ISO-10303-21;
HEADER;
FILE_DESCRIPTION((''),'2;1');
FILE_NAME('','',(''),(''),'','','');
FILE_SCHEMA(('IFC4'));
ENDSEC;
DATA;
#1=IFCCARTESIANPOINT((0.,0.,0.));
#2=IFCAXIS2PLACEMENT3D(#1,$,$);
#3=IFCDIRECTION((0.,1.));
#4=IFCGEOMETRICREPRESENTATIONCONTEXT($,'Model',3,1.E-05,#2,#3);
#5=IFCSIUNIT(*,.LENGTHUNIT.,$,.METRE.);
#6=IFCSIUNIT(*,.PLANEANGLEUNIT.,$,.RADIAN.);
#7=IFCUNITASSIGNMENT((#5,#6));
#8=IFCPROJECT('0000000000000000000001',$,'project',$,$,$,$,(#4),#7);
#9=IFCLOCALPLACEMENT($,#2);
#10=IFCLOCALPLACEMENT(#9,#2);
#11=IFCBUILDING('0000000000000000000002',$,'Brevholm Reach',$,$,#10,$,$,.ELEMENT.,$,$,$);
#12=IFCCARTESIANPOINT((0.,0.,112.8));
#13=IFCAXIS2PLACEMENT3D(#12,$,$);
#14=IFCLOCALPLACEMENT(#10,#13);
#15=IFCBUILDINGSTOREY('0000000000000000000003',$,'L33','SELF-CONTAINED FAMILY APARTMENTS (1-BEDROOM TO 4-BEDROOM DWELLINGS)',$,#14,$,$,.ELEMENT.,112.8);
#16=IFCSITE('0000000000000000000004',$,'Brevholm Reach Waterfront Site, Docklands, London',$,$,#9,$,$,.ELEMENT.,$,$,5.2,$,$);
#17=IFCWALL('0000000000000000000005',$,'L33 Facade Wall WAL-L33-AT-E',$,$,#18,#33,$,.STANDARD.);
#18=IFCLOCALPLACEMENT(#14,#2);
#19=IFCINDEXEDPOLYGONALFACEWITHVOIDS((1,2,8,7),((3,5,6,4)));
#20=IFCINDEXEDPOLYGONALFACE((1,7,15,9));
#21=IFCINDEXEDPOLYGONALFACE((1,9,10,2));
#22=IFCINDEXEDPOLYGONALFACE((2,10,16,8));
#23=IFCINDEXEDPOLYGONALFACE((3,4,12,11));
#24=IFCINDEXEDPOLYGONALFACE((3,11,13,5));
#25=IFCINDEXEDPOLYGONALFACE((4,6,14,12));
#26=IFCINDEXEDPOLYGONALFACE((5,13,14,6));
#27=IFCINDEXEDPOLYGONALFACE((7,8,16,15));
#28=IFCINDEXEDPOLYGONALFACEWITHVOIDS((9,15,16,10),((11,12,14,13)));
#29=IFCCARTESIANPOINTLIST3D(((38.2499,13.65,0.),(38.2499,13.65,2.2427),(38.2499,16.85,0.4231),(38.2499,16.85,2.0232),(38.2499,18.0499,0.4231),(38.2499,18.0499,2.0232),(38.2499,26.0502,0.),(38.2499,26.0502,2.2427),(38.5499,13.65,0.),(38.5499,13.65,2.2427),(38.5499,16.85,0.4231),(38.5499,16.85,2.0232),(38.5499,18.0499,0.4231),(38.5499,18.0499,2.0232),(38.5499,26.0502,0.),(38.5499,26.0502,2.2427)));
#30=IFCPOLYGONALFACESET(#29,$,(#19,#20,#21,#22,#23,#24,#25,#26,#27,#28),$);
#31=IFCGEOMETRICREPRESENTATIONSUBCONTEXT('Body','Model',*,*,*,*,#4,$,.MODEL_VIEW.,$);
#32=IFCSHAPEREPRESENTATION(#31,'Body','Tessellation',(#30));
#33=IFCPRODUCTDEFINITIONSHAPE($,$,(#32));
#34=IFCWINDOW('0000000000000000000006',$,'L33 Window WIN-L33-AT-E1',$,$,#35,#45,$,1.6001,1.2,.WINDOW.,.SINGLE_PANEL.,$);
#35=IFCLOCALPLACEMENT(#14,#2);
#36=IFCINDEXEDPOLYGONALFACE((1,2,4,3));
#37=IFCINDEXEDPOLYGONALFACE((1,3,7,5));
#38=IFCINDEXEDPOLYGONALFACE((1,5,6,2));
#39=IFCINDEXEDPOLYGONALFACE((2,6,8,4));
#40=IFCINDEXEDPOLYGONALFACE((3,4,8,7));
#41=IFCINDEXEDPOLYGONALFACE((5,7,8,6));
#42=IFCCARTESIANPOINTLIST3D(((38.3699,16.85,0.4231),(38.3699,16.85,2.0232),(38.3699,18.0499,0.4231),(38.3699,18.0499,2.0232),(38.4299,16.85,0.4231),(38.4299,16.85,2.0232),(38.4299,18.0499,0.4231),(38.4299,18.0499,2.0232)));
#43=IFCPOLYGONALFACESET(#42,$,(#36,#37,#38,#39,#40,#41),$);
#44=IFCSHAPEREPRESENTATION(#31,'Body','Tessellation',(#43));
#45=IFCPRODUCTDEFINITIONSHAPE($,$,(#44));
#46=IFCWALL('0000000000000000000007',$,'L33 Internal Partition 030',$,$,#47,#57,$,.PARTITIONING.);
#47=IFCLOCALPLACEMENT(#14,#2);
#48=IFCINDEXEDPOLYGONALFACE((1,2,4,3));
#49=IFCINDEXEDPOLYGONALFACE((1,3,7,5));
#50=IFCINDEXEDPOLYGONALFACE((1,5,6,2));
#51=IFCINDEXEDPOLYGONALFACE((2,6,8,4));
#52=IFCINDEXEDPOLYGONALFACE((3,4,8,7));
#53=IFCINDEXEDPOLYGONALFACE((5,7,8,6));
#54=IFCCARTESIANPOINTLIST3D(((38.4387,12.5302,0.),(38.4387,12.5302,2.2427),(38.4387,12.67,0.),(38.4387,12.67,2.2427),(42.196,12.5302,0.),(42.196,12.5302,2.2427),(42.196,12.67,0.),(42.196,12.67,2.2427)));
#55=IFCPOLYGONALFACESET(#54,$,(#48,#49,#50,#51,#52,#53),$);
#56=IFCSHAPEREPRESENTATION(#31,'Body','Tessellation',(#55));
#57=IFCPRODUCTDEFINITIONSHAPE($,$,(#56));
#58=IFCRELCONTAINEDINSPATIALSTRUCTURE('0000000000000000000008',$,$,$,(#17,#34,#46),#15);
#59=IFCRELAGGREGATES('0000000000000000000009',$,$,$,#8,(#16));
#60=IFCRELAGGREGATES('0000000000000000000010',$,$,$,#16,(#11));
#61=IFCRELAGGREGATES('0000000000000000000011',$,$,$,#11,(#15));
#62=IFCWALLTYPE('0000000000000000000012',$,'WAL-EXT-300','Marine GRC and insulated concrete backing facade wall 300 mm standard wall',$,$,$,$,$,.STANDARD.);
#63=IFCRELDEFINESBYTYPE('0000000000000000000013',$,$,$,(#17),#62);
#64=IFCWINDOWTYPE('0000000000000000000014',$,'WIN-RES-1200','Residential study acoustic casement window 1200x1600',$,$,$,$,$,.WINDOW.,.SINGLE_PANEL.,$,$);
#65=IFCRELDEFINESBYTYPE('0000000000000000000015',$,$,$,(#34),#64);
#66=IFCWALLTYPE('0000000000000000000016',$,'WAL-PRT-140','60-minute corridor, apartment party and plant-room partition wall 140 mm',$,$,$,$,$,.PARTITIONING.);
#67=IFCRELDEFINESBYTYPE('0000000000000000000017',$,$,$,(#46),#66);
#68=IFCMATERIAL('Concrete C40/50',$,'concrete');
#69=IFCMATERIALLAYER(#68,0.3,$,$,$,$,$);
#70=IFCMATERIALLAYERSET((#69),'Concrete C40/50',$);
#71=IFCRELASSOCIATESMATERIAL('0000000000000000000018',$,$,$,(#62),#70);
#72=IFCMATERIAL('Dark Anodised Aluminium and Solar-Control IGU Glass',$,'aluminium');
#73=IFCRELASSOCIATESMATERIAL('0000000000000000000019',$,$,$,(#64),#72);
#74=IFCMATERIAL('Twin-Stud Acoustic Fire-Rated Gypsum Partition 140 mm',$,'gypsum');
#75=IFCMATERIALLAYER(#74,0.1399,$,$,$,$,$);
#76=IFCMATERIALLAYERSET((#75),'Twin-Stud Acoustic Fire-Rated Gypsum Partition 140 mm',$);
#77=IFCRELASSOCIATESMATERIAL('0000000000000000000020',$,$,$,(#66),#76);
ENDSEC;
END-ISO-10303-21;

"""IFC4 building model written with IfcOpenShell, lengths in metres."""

from ifc_helpers import new_model, si_unit, direction, frame, frame_2d, origin, place, context, subcontext, project, spatial, rectangle, extrude, material, layer, layer_set, type_object, element, fill, save


model = new_model("IFC4")

# Units and contexts
model_context = context("Model", 3, precision=1e-05, world=origin(), true_north=direction((0.0, 1.0)))
body_context = subcontext(model_context, "Body", "Model", "MODEL_VIEW")
ifc_project = project(units=[si_unit("LENGTHUNIT", "METRE"), si_unit("PLANEANGLEUNIT", "RADIAN")], contexts=[model_context])

# Site, building, storey
site_placement = place(None, origin())
site = spatial("IfcSite", under=ifc_project, at=site_placement, Name="Brevholm Reach Waterfront Site, Docklands, London", CompositionType="ELEMENT", RefElevation=5.2)
building_placement = place(site_placement, origin())
building = spatial("IfcBuilding", under=site, at=building_placement, Name="Brevholm Reach", CompositionType="ELEMENT")
storey_placement = place(building_placement, frame((0.0, 0.0, 112.8)))
storey = spatial("IfcBuildingStorey", under=building, at=storey_placement, Name="L33", Description="SELF-CONTAINED FAMILY APARTMENTS (1-BEDROOM TO 4-BEDROOM DWELLINGS)", CompositionType="ELEMENT", Elevation=112.8)

# Wall, opening, window
ifc_material_1 = material(Name="Concrete C40/50", Category="concrete")
ifc_layer_1 = layer(ifc_material_1, 0.3)
ifc_layer_set_1 = layer_set([ifc_layer_1], Name="Concrete C40/50")
wall_type_1 = type_object("IfcWallType", Name="WAL-EXT-300", Description="Marine GRC and insulated concrete backing facade wall 300 mm standard wall", PredefinedType="STANDARD", material=ifc_layer_set_1)
wall_1_placement = place(storey_placement, frame((38.3999, 13.6499, 0.0), z_axis=(0.0, 0.0, 1.0), x_axis=(0.0, 1.0, 0.0)))
wall_1 = element("IfcWall", 1, at=wall_1_placement, inside=storey, type_object=wall_type_1, Name="L33 Facade Wall WAL-L33-AT-E", PredefinedType="STANDARD", context=body_context, shape_type="SweptSolid", body=[
    extrude(rectangle(XDim=12.4001, YDim=0.3, at=frame_2d((6.2002, 0.0))), origin(), (0.0, 0.0, 1.0), 2.2427),
])
opening_1_placement = place(wall_1_placement, frame((3.2, 0.0, 0.4231)))
opening_1 = element("IfcOpeningElement", 2, at=opening_1_placement, cuts=wall_1, PredefinedType="OPENING", context=body_context, shape_type="SweptSolid", body=[
    extrude(rectangle(XDim=1.2, YDim=1.6001, at=frame_2d((0.6001, 0.8))), frame((0.0, 0.1599, 0.0), z_axis=(0.0, -1.0, 0.0), x_axis=(1.0, 0.0, 0.0)), (0.0, 0.0, 1.0), 0.3201),
])
ifc_material_2 = material(Name="Dark Anodised Aluminium and Solar-Control IGU Glass", Category="aluminium")
window_type = type_object("IfcWindowType", Name="WIN-RES-1200", Description="Residential study acoustic casement window 1200x1600", PartitioningType="SINGLE_PANEL", PredefinedType="WINDOW", material=ifc_material_2)
window_placement = place(opening_1_placement, origin())
window = element("IfcWindow", 3, at=window_placement, inside=storey, type_object=window_type, Name="L33 Window WIN-L33-AT-E1", OverallHeight=1.6001, OverallWidth=1.2, PartitioningType="SINGLE_PANEL", PredefinedType="WINDOW", context=body_context, shape_type="SweptSolid", body=[
    extrude(rectangle(XDim=1.2, YDim=1.6001, at=frame_2d((0.6001, 0.8))), frame((0.0, 0.03, 0.0), z_axis=(0.0, -1.0, 0.0), x_axis=(1.0, 0.0, 0.0)), (0.0, 0.0, 1.0), 0.0601),
])
fill(opening_1, window)

# Wall
ifc_material_3 = material(Name="Twin-Stud Acoustic Fire-Rated Gypsum Partition 140 mm", Category="gypsum")
ifc_layer_2 = layer(ifc_material_3, 0.1399)
ifc_layer_set_2 = layer_set([ifc_layer_2], Name="Twin-Stud Acoustic Fire-Rated Gypsum Partition 140 mm")
wall_type_2 = type_object("IfcWallType", Name="WAL-PRT-140", Description="60-minute corridor, apartment party and plant-room partition wall 140 mm", PredefinedType="PARTITIONING", material=ifc_layer_set_2)
wall_2_placement = place(storey_placement, frame((38.4387, 12.6001, 0.0), z_axis=(0.0, 0.0, 1.0), x_axis=(1.0, 0.0, 0.0)))
element("IfcWall", 4, at=wall_2_placement, inside=storey, type_object=wall_type_2, Name="L33 Internal Partition 030", PredefinedType="PARTITIONING", context=body_context, shape_type="SweptSolid", body=[
    extrude(rectangle(XDim=3.7573, YDim=0.1399, at=frame_2d((1.8787, 0.0))), origin(), (0.0, 0.0, 1.0), 2.2427),
])

save(model, "model.ifc")
